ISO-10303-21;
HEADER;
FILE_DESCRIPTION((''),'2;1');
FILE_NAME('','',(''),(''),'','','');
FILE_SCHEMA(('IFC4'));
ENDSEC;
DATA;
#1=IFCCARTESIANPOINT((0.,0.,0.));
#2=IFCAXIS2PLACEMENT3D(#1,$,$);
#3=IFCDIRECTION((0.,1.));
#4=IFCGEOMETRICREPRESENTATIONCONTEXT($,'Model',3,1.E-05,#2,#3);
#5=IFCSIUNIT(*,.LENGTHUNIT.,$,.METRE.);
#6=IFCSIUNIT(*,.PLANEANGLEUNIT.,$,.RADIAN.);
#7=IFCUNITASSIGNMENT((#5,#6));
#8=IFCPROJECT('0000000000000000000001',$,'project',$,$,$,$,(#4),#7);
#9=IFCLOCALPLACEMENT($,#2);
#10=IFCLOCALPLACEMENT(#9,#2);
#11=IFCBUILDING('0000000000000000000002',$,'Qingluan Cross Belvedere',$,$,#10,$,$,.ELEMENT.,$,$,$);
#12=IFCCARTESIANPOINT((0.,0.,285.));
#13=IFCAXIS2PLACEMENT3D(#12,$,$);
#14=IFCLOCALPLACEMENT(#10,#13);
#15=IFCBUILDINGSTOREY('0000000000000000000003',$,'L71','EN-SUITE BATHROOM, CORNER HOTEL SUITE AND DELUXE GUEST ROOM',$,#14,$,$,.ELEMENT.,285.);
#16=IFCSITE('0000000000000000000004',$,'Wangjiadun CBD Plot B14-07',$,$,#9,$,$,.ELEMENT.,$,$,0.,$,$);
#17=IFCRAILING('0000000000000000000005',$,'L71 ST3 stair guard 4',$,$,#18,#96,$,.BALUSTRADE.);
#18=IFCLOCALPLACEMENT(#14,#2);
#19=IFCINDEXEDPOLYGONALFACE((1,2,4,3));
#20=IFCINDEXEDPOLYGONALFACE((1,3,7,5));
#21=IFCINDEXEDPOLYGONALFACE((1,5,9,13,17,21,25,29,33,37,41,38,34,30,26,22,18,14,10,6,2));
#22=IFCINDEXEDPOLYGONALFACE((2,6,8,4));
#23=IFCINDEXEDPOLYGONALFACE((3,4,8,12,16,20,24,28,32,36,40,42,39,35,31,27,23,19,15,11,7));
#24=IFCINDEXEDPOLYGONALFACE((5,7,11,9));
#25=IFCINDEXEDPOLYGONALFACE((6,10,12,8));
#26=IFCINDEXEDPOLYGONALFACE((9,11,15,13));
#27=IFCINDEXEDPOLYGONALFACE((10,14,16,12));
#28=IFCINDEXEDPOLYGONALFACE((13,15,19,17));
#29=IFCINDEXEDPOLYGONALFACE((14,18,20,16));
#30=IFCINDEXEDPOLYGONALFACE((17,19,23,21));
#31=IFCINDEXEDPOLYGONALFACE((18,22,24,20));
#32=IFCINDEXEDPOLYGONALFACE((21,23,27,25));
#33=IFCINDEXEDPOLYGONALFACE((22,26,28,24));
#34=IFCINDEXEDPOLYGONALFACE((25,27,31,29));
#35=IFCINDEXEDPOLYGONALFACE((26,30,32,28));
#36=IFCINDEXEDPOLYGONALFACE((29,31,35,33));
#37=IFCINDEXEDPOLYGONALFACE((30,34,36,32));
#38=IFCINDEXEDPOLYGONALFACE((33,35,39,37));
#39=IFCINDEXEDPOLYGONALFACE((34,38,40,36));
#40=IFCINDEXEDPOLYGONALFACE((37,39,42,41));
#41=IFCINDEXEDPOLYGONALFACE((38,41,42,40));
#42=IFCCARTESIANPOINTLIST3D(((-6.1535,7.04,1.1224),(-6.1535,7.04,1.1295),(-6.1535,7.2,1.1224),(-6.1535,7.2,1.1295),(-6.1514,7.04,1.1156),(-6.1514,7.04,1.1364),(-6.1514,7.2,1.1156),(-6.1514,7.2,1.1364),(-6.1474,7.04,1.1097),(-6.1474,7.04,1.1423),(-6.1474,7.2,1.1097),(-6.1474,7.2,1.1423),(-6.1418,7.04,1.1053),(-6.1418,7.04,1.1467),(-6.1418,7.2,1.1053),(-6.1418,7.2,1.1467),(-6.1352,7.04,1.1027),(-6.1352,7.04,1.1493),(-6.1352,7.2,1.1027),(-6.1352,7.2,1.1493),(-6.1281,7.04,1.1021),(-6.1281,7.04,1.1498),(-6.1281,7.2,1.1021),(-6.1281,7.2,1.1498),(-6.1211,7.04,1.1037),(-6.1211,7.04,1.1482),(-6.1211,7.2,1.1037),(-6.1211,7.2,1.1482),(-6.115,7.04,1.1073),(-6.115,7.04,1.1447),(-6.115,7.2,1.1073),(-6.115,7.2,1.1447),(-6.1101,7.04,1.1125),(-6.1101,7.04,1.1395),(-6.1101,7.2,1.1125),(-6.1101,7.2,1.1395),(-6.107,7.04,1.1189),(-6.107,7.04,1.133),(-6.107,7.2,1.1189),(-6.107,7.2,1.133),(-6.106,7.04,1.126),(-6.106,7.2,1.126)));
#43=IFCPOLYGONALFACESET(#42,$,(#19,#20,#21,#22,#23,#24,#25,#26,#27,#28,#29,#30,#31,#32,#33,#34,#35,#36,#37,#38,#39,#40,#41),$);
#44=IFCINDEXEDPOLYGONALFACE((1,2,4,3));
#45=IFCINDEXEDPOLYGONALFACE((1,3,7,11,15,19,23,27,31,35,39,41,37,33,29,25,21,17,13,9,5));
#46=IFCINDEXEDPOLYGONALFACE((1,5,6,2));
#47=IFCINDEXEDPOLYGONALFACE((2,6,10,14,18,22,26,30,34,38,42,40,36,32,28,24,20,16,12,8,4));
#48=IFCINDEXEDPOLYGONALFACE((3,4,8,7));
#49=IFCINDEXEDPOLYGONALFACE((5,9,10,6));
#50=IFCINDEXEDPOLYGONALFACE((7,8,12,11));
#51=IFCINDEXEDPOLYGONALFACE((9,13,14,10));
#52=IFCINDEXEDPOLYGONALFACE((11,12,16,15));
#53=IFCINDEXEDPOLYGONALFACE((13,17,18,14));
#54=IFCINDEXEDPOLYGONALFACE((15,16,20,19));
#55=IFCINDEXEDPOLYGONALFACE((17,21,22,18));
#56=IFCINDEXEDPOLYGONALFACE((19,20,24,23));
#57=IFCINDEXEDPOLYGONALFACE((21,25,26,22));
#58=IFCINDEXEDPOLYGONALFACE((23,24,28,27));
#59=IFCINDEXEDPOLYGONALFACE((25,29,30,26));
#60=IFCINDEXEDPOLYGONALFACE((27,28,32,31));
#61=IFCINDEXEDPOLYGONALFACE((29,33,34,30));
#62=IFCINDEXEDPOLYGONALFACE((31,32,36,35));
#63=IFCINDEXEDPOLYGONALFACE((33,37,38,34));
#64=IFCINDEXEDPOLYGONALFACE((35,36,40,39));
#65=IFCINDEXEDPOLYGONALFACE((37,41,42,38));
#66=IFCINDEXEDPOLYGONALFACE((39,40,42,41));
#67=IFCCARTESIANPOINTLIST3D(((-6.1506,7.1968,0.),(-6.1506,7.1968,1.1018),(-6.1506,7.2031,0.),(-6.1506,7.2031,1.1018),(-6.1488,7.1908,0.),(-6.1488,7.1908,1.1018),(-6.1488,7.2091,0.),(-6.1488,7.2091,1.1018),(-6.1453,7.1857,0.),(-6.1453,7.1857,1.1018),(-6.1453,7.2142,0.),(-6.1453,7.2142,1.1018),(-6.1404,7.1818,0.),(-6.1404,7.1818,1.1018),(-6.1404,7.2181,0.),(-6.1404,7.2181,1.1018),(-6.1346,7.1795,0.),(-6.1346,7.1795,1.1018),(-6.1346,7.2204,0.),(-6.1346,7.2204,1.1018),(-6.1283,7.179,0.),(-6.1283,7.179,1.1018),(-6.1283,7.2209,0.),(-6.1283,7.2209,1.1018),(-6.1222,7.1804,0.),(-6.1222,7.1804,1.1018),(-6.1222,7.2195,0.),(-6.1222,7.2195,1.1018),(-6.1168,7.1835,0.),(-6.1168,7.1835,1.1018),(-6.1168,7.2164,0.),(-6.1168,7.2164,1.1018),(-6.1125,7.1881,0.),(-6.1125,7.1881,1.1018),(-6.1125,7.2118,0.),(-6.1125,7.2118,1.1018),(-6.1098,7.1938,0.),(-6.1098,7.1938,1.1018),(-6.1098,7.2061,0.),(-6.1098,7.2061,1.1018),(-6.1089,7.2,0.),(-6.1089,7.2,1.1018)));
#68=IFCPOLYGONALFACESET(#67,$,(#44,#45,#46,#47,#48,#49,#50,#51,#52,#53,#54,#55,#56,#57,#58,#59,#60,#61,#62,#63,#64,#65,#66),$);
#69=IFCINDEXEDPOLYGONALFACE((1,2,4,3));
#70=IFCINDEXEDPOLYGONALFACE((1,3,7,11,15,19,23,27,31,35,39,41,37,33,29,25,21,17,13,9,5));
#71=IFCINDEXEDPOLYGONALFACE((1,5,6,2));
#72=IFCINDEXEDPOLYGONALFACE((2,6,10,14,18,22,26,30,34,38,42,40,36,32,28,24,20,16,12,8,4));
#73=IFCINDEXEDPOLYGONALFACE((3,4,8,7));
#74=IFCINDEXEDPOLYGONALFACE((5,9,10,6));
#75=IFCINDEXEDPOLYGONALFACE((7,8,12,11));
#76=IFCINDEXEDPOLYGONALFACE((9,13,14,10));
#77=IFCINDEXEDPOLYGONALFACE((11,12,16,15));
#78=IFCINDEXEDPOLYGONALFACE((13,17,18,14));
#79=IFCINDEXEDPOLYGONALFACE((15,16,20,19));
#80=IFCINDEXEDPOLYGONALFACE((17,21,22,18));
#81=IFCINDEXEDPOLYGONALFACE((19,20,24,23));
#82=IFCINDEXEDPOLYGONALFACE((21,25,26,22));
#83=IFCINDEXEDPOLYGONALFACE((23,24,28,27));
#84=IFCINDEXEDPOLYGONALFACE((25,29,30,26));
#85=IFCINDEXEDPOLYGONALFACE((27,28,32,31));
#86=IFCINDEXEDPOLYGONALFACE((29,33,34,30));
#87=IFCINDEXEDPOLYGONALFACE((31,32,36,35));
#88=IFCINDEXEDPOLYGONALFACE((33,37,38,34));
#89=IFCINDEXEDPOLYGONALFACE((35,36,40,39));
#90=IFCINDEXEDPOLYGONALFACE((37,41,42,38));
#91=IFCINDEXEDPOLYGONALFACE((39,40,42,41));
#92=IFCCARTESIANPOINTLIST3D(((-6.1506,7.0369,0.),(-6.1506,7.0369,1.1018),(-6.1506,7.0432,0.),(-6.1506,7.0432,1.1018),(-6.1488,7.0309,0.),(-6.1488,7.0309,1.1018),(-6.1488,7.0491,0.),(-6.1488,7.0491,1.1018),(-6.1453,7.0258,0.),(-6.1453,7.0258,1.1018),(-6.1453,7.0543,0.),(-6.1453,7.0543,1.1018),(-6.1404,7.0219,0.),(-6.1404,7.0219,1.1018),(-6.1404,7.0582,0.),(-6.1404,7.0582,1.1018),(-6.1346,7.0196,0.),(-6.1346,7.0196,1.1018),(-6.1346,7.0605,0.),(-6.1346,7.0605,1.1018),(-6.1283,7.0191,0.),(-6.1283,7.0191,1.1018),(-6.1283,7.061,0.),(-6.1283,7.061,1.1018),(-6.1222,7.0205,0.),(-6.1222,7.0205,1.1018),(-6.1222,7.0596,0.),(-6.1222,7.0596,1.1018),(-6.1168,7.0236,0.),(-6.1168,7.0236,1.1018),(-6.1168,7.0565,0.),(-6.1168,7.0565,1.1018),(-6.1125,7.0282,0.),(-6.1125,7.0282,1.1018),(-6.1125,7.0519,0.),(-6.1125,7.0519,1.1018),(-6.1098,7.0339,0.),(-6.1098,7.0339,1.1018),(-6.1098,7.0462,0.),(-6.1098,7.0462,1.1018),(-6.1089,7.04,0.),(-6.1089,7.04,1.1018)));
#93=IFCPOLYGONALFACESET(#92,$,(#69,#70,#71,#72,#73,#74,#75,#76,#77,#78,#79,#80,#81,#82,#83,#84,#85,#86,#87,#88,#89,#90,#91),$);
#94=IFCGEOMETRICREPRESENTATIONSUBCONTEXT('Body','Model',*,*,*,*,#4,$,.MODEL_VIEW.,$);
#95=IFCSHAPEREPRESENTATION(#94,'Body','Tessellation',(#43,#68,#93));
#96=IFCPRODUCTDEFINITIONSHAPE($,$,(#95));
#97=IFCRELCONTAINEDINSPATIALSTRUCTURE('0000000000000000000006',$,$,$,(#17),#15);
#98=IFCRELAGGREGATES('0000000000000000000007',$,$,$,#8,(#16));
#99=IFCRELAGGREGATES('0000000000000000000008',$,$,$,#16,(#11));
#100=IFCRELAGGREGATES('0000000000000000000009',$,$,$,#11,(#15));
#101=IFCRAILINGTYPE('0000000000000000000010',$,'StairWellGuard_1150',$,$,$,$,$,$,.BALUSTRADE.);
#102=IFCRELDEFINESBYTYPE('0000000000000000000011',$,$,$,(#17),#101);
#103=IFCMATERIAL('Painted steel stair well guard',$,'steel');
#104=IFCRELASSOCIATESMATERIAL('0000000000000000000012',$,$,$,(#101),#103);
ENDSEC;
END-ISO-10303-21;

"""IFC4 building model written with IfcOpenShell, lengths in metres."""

from ifc_helpers import new_model, si_unit, direction, frame, origin, origin_2d, place, context, subcontext, project, spatial, circle, extrude, material, type_object, element, save


model = new_model("IFC4")

# Units and contexts
model_context = context("Model", 3, precision=1e-05, world=origin(), true_north=direction((0.0, 1.0)))
body_context = subcontext(model_context, "Body", "Model", "MODEL_VIEW")
ifc_project = project(units=[si_unit("LENGTHUNIT", "METRE"), si_unit("PLANEANGLEUNIT", "RADIAN")], contexts=[model_context])

# Site, building, storey
site_placement = place(None, origin())
site = spatial("IfcSite", under=ifc_project, at=site_placement, Name="Wangjiadun CBD Plot B14-07", CompositionType="ELEMENT", RefElevation=0.0)
building_placement = place(site_placement, origin())
building = spatial("IfcBuilding", under=site, at=building_placement, Name="Qingluan Cross Belvedere", CompositionType="ELEMENT")
storey_placement = place(building_placement, frame((0.0, 0.0, 285.0)))
storey = spatial("IfcBuildingStorey", under=building, at=storey_placement, Name="L71", Description="EN-SUITE BATHROOM, CORNER HOTEL SUITE AND DELUXE GUEST ROOM", CompositionType="ELEMENT", Elevation=285.0)

# Railing
ifc_material_1 = material(Name="Painted steel stair well guard", Category="steel")
railing_type_1 = type_object("IfcRailingType", Name="StairWellGuard_1150", PredefinedType="BALUSTRADE", material=ifc_material_1)
railing_1_placement = place(storey_placement, frame((-6.1299, 7.2, 0.0)))
element("IfcRailing", 1, at=railing_1_placement, inside=storey, type_object=railing_type_1, Name="L71 ST3 stair guard 4", PredefinedType="BALUSTRADE", context=body_context, shape_type="SweptSolid", body=[
    extrude(circle(Radius=0.0239, at=origin_2d()), frame((0.0, 0.0, 1.126), z_axis=(0.0, -1.0, 0.0), x_axis=(1.0, 0.0, 0.0)), (0.0, 0.0, 1.0), 0.1599),
    extrude(circle(Radius=0.021, at=origin_2d()), origin(), (0.0, 0.0, 1.0), 1.1018),
    extrude(circle(Radius=0.021, at=origin_2d()), frame((0.0, -0.1599, 0.0)), (0.0, 0.0, 1.0), 1.1018),
])

save(model, "model.ifc")
